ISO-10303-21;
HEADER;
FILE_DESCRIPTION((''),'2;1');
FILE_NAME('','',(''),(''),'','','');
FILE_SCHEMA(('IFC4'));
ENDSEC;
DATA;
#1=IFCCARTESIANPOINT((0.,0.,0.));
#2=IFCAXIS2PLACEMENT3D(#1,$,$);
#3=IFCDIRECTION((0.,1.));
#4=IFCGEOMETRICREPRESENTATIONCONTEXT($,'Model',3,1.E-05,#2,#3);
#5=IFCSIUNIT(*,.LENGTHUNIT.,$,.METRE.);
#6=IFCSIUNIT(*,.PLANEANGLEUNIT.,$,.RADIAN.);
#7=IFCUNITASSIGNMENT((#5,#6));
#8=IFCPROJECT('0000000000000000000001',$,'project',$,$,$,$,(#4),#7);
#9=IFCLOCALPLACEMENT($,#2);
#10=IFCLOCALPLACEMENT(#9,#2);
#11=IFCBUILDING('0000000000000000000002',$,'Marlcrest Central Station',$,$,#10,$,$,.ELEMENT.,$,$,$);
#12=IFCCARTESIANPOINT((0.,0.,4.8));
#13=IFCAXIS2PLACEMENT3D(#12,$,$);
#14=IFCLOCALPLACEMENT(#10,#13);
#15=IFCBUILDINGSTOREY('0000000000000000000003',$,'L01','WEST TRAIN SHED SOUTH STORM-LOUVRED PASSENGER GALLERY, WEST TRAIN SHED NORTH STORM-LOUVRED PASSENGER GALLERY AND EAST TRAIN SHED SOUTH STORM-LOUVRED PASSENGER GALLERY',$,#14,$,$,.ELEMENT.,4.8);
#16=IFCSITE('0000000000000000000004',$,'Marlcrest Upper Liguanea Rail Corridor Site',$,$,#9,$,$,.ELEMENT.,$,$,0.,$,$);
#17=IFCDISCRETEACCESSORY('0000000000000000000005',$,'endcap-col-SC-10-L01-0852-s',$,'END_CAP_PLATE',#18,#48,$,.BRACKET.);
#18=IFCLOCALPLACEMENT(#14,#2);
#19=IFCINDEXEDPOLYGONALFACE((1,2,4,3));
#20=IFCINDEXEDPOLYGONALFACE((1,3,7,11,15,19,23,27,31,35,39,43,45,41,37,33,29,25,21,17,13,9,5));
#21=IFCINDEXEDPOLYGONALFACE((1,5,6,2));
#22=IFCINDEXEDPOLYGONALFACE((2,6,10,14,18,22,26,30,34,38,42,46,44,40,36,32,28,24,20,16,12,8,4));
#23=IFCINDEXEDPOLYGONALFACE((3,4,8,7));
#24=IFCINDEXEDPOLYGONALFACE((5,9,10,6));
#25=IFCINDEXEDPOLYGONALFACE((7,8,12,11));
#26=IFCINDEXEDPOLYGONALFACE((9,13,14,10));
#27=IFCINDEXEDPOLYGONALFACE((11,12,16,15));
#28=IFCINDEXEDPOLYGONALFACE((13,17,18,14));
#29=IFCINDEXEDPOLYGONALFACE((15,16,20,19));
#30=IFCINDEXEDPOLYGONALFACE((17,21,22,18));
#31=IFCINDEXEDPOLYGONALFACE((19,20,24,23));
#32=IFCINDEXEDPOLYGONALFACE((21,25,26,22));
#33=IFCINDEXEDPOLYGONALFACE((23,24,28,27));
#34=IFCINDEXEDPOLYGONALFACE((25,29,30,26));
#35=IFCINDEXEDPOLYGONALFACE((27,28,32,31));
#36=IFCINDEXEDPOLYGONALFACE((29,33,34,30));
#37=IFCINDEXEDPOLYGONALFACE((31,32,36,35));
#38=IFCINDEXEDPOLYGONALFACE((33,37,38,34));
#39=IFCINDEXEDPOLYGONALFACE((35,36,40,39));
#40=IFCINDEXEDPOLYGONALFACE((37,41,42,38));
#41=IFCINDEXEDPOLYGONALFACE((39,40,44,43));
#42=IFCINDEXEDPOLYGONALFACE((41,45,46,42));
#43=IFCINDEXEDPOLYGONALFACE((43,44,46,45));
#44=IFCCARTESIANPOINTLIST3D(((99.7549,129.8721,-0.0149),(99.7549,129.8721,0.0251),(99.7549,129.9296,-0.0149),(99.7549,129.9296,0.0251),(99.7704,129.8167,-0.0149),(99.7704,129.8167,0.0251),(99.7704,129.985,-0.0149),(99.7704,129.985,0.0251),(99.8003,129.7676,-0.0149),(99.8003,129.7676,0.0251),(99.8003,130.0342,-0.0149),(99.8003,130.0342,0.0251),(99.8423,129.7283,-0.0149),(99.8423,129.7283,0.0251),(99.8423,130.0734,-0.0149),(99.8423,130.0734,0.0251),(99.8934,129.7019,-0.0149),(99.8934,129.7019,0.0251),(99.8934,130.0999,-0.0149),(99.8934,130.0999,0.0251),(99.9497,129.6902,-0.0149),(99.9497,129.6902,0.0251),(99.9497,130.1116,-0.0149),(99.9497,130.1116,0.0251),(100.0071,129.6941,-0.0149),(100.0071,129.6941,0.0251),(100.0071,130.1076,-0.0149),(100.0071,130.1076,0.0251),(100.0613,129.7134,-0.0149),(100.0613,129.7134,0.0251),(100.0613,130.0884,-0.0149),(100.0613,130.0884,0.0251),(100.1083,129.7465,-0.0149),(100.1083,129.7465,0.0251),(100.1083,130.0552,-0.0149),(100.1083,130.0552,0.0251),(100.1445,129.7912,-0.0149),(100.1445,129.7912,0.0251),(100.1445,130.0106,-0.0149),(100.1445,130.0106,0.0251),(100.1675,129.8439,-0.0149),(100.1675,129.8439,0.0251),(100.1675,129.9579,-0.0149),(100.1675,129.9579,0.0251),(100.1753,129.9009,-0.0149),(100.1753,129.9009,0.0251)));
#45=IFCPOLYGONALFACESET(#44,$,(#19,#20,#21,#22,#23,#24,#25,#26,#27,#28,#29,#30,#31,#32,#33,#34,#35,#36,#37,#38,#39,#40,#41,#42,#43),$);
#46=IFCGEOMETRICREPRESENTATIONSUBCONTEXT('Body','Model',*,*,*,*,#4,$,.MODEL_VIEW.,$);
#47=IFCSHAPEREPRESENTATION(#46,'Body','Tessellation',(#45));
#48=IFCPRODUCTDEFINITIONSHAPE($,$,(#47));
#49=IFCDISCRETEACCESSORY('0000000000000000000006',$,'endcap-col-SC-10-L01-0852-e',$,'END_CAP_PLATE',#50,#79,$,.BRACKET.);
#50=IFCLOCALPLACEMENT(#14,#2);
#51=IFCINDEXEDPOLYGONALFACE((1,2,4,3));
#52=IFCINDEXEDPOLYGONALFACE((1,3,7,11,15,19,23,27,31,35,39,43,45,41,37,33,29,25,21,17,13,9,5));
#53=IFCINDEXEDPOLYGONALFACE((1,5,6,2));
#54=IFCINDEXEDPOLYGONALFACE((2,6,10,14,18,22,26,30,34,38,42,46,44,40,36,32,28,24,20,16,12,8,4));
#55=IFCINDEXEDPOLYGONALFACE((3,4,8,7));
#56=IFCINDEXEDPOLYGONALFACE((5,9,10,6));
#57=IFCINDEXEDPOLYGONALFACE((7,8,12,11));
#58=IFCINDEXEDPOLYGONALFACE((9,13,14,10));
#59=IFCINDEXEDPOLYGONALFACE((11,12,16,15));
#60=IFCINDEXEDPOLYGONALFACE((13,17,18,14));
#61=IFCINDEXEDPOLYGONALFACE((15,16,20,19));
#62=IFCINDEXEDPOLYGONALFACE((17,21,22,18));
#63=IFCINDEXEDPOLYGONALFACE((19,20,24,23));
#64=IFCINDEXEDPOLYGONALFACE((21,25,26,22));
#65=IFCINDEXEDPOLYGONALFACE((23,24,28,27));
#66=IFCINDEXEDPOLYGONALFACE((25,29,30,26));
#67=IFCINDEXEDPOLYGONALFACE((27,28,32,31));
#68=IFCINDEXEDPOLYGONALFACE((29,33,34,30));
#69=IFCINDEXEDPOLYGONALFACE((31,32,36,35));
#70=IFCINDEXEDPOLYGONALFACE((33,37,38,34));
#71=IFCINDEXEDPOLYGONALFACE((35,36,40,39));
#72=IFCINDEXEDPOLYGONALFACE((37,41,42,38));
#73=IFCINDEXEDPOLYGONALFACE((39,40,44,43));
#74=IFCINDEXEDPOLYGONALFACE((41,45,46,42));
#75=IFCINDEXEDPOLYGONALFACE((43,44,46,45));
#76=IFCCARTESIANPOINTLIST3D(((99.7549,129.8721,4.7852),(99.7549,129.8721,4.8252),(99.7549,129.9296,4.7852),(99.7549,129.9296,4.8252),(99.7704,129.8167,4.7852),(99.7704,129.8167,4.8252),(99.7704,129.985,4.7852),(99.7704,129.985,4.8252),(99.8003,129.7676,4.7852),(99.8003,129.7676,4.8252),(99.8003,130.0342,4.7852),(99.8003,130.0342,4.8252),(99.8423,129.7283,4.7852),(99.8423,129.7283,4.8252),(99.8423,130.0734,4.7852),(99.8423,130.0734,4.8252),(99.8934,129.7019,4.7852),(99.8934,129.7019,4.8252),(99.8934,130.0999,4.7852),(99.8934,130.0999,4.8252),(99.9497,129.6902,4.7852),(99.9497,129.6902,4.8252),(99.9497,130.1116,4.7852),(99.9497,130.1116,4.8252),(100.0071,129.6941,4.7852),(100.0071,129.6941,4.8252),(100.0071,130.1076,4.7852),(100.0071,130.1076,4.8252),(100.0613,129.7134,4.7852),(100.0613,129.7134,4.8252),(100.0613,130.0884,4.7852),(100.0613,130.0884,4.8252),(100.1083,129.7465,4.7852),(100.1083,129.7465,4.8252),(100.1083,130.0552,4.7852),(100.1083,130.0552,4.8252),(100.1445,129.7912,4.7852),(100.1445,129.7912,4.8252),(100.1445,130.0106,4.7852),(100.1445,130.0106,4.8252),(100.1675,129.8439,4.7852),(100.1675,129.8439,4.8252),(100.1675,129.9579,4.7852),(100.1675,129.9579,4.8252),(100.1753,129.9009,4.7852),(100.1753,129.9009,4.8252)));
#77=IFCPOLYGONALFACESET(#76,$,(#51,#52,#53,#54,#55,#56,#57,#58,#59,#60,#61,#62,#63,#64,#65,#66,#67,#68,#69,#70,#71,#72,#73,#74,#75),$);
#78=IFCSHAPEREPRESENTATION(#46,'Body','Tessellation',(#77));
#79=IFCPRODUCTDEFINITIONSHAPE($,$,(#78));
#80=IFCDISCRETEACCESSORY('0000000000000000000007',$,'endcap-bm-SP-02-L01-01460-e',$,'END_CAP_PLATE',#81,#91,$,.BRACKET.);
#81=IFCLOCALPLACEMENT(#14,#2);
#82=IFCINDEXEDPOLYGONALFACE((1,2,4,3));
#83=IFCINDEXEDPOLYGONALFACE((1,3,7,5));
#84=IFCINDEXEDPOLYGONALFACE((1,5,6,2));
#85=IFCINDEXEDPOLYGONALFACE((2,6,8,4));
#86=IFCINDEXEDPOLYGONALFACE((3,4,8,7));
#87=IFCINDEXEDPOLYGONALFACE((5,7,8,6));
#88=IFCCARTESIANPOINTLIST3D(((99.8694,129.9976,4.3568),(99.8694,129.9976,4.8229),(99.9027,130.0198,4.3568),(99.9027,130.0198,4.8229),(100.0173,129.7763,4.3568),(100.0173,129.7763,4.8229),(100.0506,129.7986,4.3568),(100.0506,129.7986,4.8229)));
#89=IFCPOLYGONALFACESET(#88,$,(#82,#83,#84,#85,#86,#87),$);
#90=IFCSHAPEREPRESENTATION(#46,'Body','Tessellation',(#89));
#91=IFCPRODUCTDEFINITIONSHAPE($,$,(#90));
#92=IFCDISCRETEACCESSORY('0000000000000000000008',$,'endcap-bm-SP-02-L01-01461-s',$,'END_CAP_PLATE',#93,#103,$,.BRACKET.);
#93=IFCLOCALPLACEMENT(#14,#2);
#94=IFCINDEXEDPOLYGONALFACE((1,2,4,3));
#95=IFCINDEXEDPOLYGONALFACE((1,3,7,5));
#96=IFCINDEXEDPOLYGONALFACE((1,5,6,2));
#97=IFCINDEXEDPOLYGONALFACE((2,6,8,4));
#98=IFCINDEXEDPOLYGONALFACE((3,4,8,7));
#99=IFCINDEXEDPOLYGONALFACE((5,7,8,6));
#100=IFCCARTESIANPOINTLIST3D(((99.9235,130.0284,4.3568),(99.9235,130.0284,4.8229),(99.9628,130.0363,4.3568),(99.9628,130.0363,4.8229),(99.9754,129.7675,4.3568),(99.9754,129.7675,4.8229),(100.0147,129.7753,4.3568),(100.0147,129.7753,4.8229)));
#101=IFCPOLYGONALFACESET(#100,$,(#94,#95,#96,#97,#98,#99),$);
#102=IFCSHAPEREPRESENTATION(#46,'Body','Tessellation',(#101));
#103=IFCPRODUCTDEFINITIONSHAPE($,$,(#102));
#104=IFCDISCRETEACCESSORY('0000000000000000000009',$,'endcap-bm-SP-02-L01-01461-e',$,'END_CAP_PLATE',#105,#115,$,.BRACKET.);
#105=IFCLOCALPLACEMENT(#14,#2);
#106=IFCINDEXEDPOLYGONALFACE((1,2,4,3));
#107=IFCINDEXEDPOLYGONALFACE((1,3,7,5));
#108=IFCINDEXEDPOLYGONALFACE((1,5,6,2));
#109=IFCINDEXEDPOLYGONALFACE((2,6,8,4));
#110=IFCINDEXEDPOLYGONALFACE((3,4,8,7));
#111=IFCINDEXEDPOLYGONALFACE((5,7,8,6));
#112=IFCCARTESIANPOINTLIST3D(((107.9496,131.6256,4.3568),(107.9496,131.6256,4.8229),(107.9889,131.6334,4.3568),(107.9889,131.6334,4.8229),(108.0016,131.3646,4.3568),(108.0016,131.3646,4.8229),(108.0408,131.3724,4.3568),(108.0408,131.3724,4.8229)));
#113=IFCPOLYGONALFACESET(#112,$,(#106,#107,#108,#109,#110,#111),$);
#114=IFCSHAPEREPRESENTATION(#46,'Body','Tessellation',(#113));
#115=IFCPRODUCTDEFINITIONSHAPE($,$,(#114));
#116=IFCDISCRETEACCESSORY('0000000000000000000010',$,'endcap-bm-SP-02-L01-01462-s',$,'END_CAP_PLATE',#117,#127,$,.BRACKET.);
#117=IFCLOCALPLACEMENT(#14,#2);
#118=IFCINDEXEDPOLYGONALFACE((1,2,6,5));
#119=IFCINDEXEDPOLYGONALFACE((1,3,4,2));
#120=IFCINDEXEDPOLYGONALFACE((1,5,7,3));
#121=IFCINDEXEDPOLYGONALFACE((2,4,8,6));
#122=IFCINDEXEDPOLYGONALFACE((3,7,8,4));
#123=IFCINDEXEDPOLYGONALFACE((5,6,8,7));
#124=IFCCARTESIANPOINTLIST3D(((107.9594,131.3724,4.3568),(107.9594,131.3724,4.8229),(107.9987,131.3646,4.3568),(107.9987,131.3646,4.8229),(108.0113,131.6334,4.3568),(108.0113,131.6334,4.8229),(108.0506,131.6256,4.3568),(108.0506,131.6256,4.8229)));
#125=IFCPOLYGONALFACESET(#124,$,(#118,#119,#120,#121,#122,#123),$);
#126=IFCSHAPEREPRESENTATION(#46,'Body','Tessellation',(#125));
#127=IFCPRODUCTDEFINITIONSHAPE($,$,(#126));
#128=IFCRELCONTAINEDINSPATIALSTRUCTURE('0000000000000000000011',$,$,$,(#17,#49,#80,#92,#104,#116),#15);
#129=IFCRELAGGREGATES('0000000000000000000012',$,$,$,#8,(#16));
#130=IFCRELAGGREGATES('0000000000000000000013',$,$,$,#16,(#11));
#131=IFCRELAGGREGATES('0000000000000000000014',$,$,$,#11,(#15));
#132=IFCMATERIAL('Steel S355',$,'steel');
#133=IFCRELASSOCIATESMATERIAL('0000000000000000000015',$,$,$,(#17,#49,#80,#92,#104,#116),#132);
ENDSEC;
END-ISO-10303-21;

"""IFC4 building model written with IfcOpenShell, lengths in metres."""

from ifc_helpers import new_model, si_unit, direction, frame, origin, origin_2d, place, context, subcontext, project, spatial, rectangle, circle, extrude, material, element, save


model = new_model("IFC4")

# Units and contexts
model_context = context("Model", 3, precision=1e-05, world=origin(), true_north=direction((0.0, 1.0)))
body_context = subcontext(model_context, "Body", "Model", "MODEL_VIEW")
ifc_project = project(units=[si_unit("LENGTHUNIT", "METRE"), si_unit("PLANEANGLEUNIT", "RADIAN")], contexts=[model_context])

# Site, building, storey
site_placement = place(None, origin())
site = spatial("IfcSite", under=ifc_project, at=site_placement, Name="Marlcrest Upper Liguanea Rail Corridor Site", CompositionType="ELEMENT", RefElevation=0.0)
building_placement = place(site_placement, origin())
building = spatial("IfcBuilding", under=site, at=building_placement, Name="Marlcrest Central Station", CompositionType="ELEMENT")
storey_placement = place(building_placement, frame((0.0, 0.0, 4.8)))
storey = spatial("IfcBuildingStorey", under=building, at=storey_placement, Name="L01", Description="WEST TRAIN SHED SOUTH STORM-LOUVRED PASSENGER GALLERY, WEST TRAIN SHED NORTH STORM-LOUVRED PASSENGER GALLERY AND EAST TRAIN SHED SOUTH STORM-LOUVRED PASSENGER GALLERY", CompositionType="ELEMENT", Elevation=4.8)

# Shared definitions
ifc_material_1 = material(Name="Steel S355", Category="steel")

# Discrete accessories
for number, where, z_axis, x_axis, name in (
    (1, (99.9641, 129.9009, -0.0149), (0.0, 0.0, 1.0), (1.0, 0.0, 0.0), "endcap-col-SC-10-L01-0852-s"),
    (2, (99.9641, 129.9009, 4.7852), (0.0, 0.0, 1.0), (1.0, 0.0, 0.0), "endcap-col-SC-10-L01-0852-e"),
):
    element("IfcDiscreteAccessory", number, at=place(storey_placement, frame(where, z_axis=z_axis, x_axis=x_axis)), inside=storey, material=ifc_material_1, Name=name, ObjectType="END_CAP_PLATE", PredefinedType="BRACKET", context=body_context, shape_type="SweptSolid", body=[
        extrude(circle(Radius=0.2112, at=origin_2d()), origin(), (0.0, 0.0, 1.0), 0.04),
    ])
for number, where, z_axis, x_axis, name in (
    (3, (99.9434, 129.887, 4.5898), (0.831509, 0.555511, 0.0), (-0.555511, 0.831509, 0.0), "endcap-bm-SP-02-L01-01460-e"),
    (4, (99.9495, 129.8979, 4.5898), (0.980769, 0.195171, 0.0), (-0.195171, 0.980769, 0.0), "endcap-bm-SP-02-L01-01461-s"),
    (5, (107.9756, 131.4951, 4.5898), (0.980769, 0.195171, 0.0), (-0.195171, 0.980769, 0.0), "endcap-bm-SP-02-L01-01461-e"),
    (6, (107.9854, 131.5029, 4.5898), (0.980769, -0.195171, 0.0), (0.195171, 0.980769, 0.0), "endcap-bm-SP-02-L01-01462-s"),
):
    element("IfcDiscreteAccessory", number, at=place(storey_placement, frame(where, z_axis=z_axis, x_axis=x_axis)), inside=storey, material=ifc_material_1, Name=name, ObjectType="END_CAP_PLATE", PredefinedType="BRACKET", context=body_context, shape_type="SweptSolid", body=[
        extrude(rectangle(XDim=0.2661, YDim=0.4661, at=origin_2d()), origin(), (0.0, 0.0, 1.0), 0.04),
    ])

save(model, "model.ifc")
